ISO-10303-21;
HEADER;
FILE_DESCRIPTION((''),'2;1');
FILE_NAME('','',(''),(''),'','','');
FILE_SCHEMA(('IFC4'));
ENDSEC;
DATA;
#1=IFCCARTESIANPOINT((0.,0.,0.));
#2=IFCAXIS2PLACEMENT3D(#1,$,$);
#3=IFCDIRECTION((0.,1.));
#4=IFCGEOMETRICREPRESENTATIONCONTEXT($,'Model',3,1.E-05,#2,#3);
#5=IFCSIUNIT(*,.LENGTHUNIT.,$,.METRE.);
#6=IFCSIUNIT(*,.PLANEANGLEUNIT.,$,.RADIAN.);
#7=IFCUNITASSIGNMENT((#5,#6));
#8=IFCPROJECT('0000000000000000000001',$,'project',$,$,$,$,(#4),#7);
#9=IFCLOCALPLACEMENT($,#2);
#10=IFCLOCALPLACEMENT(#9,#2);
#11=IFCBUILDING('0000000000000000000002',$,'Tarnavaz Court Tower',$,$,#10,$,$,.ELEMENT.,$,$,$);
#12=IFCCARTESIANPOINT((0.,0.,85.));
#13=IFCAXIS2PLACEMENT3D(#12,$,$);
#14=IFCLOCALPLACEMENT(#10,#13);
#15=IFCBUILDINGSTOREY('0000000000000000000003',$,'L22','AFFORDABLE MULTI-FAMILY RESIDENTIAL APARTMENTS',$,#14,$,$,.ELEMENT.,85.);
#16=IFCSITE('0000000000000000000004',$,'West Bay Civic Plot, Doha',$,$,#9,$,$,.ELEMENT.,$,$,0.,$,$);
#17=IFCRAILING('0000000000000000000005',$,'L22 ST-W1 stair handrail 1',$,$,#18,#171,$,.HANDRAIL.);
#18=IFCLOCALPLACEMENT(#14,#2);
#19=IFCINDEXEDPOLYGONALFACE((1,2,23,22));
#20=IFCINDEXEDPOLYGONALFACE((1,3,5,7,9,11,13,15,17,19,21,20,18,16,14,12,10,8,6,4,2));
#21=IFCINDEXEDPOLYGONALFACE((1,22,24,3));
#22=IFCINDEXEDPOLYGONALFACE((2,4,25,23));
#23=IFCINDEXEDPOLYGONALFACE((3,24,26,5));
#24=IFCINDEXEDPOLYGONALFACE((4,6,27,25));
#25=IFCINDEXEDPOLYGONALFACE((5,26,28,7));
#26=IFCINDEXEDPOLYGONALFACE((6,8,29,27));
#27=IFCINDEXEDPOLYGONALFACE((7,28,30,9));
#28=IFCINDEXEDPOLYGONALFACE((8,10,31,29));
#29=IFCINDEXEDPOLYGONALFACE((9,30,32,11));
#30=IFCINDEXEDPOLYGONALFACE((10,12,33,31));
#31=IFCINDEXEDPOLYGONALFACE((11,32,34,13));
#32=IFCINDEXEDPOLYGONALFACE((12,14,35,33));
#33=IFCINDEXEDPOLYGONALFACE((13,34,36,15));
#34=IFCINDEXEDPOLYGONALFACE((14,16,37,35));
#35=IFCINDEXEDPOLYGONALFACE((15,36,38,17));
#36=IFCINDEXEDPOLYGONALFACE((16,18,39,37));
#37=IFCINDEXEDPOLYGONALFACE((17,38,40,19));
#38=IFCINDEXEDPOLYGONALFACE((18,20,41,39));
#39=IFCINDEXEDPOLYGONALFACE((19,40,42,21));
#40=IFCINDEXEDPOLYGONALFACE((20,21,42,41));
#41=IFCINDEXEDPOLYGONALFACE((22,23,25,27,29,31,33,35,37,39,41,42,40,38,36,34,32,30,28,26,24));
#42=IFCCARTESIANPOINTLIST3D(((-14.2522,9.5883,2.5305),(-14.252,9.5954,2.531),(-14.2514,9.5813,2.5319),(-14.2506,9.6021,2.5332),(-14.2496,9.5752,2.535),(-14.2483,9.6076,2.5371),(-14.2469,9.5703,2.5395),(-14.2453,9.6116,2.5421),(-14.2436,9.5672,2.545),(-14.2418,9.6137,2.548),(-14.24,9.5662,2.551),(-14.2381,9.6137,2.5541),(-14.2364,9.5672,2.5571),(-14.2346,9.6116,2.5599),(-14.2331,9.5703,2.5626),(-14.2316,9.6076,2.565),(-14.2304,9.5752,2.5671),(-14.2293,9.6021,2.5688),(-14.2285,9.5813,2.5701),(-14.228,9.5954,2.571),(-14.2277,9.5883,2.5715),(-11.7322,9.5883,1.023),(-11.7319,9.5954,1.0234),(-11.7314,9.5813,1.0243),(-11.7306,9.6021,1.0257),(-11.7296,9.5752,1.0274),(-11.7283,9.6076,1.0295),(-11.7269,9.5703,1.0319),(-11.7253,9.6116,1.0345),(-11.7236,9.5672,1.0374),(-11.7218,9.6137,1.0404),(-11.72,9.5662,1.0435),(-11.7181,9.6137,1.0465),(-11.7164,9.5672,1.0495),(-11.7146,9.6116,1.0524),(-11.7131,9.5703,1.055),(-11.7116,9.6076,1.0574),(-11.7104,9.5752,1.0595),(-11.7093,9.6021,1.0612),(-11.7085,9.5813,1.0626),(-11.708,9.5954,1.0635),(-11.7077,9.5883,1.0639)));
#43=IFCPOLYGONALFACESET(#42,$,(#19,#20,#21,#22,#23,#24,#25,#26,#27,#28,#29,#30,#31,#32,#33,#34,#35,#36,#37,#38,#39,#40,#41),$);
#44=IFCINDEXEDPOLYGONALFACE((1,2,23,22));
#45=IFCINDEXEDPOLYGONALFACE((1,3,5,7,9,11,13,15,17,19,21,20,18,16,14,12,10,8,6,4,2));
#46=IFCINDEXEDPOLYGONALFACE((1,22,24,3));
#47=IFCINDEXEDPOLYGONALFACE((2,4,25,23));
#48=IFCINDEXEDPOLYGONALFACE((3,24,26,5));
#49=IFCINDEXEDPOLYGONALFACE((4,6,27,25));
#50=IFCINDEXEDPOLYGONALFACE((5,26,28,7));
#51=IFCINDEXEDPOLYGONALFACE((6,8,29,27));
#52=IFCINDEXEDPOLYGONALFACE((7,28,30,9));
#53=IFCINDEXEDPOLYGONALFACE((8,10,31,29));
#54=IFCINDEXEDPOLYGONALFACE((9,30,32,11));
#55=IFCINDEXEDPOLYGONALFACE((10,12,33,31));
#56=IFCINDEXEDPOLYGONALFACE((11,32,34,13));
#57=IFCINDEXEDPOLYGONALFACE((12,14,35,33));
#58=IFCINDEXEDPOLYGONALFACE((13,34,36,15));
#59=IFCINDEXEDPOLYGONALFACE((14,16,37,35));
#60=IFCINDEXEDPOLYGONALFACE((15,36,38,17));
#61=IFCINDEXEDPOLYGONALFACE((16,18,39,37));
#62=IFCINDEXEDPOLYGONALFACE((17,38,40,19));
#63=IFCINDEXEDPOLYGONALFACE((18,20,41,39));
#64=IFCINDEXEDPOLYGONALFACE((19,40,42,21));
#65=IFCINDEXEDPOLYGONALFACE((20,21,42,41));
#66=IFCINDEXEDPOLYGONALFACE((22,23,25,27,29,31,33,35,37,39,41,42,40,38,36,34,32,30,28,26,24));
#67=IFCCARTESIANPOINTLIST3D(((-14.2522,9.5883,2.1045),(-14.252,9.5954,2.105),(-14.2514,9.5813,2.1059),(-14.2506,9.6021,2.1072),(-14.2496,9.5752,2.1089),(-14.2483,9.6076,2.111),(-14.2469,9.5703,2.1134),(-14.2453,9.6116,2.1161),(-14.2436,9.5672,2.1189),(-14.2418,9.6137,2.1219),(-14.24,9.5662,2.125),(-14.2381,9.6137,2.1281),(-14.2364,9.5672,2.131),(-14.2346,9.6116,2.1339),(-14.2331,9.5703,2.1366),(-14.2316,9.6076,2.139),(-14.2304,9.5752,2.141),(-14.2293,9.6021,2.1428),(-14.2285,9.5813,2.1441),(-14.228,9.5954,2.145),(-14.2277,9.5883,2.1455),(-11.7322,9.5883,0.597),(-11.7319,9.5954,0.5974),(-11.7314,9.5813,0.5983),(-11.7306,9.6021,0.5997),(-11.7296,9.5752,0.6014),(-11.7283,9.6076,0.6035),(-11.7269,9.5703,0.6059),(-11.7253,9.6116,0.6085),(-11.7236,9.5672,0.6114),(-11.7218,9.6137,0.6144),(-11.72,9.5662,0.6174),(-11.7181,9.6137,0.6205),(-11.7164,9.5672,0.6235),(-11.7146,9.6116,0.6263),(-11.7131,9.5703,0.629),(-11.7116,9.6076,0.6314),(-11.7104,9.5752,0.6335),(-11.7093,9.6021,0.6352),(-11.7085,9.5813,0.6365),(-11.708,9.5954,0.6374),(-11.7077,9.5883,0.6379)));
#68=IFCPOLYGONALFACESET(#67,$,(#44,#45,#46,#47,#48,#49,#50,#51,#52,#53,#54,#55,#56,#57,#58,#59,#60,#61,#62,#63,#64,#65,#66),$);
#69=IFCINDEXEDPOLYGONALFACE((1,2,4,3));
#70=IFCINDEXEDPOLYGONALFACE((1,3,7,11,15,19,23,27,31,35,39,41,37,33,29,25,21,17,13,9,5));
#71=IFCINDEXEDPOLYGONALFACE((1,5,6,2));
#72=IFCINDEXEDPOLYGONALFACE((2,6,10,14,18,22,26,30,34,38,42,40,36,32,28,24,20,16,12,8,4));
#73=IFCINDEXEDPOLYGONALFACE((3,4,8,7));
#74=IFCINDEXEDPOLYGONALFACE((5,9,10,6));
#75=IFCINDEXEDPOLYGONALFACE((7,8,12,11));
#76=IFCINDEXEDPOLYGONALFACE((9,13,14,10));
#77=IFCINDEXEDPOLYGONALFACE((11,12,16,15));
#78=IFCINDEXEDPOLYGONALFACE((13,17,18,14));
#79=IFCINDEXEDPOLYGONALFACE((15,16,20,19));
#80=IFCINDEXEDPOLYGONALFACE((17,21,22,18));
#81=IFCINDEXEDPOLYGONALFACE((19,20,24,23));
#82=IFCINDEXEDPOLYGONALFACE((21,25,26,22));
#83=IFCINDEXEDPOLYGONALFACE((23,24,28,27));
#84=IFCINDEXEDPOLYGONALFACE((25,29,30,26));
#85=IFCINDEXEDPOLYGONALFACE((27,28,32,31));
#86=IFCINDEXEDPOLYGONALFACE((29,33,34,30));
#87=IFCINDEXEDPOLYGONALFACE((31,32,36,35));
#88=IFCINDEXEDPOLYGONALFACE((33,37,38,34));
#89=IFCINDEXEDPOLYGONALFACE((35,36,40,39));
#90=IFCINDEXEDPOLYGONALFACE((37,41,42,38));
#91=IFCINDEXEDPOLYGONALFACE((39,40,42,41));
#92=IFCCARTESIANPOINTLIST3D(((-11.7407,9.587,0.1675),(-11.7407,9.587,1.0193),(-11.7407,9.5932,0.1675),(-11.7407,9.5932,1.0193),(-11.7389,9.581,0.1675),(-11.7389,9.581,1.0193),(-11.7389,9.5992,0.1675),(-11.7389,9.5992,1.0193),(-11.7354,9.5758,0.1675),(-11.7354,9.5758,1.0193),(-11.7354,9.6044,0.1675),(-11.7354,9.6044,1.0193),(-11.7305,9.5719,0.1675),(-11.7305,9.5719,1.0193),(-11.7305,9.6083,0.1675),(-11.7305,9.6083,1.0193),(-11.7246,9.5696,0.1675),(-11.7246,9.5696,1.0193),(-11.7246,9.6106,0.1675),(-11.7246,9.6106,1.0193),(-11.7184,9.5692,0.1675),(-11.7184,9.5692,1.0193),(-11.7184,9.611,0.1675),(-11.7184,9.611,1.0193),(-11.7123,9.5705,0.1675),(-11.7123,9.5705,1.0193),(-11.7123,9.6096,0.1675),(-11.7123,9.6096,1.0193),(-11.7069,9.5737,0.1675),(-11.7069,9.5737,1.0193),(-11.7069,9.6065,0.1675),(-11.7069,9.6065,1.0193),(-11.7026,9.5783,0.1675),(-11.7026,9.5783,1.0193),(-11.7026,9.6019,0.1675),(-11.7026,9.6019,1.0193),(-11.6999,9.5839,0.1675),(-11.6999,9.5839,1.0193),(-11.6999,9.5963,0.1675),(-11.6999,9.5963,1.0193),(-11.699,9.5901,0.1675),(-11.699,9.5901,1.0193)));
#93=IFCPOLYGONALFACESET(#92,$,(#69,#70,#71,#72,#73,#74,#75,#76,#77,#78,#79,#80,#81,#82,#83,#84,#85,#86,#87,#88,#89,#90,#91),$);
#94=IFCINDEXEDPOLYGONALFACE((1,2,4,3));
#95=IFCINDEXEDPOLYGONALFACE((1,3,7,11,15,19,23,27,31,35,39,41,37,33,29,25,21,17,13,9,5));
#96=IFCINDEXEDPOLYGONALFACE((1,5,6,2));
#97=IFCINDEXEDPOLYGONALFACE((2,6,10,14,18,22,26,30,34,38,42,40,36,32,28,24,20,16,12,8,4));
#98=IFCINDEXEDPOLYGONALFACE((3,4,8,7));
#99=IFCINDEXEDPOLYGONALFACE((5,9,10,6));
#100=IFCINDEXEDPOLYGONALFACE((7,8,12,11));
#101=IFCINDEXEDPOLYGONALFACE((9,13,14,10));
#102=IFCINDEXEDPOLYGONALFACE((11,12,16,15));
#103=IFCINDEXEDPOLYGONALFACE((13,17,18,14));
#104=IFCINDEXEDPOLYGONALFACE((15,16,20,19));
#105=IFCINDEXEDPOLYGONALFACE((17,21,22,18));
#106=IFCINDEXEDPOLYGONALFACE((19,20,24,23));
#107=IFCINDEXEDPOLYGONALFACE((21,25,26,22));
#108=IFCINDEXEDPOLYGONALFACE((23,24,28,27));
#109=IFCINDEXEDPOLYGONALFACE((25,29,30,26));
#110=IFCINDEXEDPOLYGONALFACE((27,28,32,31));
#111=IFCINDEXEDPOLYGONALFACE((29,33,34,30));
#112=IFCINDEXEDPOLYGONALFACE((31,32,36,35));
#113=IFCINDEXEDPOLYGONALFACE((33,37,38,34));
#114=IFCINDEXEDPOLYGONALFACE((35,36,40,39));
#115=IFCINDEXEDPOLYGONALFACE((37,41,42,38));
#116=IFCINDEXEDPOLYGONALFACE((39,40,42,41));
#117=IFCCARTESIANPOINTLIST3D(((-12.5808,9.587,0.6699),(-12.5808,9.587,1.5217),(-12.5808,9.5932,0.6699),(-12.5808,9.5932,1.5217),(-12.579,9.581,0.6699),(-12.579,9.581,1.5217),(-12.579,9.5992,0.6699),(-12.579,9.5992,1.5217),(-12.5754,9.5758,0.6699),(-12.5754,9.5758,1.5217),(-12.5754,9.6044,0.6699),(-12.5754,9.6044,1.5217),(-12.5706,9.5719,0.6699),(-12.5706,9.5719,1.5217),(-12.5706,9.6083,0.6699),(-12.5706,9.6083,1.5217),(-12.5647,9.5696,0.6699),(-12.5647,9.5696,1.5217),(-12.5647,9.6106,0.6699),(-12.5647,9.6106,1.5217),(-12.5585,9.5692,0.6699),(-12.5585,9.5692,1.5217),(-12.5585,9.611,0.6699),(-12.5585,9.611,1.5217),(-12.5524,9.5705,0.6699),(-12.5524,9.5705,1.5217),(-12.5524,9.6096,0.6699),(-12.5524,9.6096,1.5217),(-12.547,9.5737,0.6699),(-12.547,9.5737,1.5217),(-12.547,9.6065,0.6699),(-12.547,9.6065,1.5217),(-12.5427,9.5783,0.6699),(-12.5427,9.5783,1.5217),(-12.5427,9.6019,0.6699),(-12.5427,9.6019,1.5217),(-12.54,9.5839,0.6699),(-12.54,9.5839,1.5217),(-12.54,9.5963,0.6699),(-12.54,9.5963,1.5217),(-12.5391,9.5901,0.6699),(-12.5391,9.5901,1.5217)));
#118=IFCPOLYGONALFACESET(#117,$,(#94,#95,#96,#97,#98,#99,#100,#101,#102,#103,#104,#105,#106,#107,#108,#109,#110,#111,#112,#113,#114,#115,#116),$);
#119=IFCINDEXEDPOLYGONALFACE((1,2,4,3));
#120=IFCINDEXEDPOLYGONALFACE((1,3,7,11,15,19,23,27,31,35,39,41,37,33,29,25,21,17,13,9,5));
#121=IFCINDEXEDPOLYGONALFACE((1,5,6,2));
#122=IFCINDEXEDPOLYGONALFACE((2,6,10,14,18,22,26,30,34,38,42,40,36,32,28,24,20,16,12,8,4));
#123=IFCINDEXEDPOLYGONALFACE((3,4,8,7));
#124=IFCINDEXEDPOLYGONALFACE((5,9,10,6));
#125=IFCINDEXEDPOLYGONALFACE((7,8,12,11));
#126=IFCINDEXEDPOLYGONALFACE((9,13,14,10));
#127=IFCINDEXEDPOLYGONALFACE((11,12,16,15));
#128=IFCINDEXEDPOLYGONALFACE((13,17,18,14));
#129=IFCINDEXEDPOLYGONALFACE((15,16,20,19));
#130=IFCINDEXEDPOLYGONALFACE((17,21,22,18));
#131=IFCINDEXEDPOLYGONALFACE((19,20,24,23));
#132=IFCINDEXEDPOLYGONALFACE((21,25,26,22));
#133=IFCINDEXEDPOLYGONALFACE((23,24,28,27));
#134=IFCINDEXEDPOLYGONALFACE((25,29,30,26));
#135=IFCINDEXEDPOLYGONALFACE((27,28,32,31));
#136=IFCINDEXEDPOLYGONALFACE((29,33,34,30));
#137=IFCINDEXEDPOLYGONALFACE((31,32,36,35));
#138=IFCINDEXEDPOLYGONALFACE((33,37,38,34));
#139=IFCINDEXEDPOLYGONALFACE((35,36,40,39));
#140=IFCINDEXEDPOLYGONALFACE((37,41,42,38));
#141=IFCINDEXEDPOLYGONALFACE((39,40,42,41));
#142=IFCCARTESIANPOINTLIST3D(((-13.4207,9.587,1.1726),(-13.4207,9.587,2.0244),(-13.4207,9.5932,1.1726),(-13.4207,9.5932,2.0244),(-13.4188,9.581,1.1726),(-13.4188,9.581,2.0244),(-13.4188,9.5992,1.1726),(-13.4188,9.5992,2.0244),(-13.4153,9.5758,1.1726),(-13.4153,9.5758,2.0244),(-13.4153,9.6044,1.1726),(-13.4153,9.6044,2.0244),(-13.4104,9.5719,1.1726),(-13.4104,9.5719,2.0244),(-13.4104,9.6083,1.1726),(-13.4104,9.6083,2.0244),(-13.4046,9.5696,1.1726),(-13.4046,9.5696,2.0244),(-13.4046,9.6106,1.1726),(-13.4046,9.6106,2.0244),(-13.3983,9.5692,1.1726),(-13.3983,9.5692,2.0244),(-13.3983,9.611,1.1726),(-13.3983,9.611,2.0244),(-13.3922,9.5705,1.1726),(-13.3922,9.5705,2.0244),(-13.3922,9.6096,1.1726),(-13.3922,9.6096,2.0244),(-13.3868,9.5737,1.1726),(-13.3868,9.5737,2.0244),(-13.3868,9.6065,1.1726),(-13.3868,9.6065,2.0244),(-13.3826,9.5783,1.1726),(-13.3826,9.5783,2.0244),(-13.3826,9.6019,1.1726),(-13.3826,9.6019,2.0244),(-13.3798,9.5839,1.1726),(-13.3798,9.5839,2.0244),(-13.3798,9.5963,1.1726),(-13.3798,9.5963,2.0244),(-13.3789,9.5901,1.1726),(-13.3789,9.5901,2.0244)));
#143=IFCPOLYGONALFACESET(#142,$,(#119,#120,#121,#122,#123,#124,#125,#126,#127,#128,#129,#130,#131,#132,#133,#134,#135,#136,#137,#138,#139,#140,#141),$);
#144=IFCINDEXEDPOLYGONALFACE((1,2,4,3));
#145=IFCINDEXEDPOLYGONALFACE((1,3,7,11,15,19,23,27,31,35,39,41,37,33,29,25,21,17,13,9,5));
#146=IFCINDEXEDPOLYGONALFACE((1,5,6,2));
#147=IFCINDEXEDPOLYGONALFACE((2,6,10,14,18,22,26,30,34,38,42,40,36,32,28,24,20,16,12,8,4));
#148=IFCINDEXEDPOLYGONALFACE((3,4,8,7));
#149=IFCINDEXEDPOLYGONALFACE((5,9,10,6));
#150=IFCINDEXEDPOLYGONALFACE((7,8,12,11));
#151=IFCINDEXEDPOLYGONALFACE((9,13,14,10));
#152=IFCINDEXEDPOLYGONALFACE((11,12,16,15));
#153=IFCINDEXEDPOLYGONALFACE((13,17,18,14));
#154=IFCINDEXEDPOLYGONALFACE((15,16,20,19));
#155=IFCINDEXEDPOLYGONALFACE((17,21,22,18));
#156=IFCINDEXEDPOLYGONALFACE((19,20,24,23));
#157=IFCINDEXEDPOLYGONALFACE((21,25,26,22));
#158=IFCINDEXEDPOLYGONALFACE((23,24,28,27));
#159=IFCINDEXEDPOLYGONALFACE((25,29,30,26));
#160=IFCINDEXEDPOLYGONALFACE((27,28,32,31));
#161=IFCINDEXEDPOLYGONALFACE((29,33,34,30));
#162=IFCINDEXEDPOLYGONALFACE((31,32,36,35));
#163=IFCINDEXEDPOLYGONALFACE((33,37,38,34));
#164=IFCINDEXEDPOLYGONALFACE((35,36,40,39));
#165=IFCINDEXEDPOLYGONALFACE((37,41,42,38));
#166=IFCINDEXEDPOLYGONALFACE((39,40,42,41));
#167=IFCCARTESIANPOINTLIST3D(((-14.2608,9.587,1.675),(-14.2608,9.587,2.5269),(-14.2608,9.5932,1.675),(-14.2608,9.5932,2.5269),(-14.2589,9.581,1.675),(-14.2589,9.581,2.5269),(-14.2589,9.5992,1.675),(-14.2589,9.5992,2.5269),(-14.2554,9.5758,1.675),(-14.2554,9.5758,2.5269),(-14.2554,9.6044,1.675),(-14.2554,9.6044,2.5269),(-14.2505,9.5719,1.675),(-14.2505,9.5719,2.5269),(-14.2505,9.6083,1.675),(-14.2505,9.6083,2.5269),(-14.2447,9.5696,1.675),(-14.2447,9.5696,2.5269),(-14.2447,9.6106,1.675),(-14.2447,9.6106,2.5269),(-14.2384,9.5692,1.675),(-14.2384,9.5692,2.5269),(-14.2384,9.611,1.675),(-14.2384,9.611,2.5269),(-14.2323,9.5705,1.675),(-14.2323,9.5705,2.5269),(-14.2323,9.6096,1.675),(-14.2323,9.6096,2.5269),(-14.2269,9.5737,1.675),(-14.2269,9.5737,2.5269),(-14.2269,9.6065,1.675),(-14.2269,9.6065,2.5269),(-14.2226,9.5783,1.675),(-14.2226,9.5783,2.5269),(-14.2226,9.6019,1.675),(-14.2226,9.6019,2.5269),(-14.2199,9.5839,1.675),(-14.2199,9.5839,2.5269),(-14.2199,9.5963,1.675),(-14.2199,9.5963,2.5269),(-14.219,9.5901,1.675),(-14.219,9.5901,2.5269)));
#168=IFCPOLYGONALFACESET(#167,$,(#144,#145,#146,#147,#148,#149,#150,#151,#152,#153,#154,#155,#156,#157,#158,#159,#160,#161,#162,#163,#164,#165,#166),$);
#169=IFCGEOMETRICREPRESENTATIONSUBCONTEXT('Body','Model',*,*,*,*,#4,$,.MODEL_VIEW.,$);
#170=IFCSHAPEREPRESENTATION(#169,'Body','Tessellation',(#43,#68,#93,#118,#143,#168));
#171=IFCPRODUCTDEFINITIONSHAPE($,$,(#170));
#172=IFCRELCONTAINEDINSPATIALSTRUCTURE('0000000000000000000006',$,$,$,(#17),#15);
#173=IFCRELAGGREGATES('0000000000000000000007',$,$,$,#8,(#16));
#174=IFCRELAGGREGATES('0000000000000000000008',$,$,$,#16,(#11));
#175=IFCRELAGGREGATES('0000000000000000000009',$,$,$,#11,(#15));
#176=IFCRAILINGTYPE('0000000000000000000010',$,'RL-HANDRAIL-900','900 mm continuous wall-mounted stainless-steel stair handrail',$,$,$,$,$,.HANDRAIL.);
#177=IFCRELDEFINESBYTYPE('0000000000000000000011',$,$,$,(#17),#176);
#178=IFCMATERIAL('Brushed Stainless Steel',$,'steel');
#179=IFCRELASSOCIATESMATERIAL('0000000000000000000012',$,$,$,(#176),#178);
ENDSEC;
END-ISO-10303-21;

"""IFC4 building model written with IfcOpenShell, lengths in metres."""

from ifc_helpers import new_model, si_unit, direction, frame, origin, origin_2d, place, context, subcontext, project, spatial, circle, extrude, material, type_object, element, save


model = new_model("IFC4")

# Units and contexts
model_context = context("Model", 3, precision=1e-05, world=origin(), true_north=direction((0.0, 1.0)))
body_context = subcontext(model_context, "Body", "Model", "MODEL_VIEW")
ifc_project = project(units=[si_unit("LENGTHUNIT", "METRE"), si_unit("PLANEANGLEUNIT", "RADIAN")], contexts=[model_context])

# Site, building, storey
site_placement = place(None, origin())
site = spatial("IfcSite", under=ifc_project, at=site_placement, Name="West Bay Civic Plot, Doha", CompositionType="ELEMENT", RefElevation=0.0)
building_placement = place(site_placement, origin())
building = spatial("IfcBuilding", under=site, at=building_placement, Name="Tarnavaz Court Tower", CompositionType="ELEMENT")
storey_placement = place(building_placement, frame((0.0, 0.0, 85.0)))
storey = spatial("IfcBuildingStorey", under=building, at=storey_placement, Name="L22", Description="AFFORDABLE MULTI-FAMILY RESIDENTIAL APARTMENTS", CompositionType="ELEMENT", Elevation=85.0)

# Railing
ifc_material_1 = material(Name="Brushed Stainless Steel", Category="steel")
railing_type_1 = type_object("IfcRailingType", Name="RL-HANDRAIL-900", Description="900 mm continuous wall-mounted stainless-steel stair handrail", PredefinedType="HANDRAIL", material=ifc_material_1)
railing_1_placement = place(storey_placement, frame((-11.72, 9.5901, 0.1675)))
element("IfcRailing", 1, at=railing_1_placement, inside=storey, type_object=railing_type_1, Name="L22 ST-W1 stair handrail 1", PredefinedType="HANDRAIL", context=body_context, shape_type="SweptSolid", body=[
    extrude(circle(Radius=0.0239, at=origin_2d()), frame((0.0, 0.0, 0.876), z_axis=(-0.85816, 0.0, 0.513383), x_axis=(0.0, -1.0, 0.0)), (0.0, 0.0, 1.0), 2.9365),
    extrude(circle(Radius=0.0239, at=origin_2d()), frame((0.0, 0.0, 0.45), z_axis=(-0.85816, 0.0, 0.513383), x_axis=(0.0, -1.0, 0.0)), (0.0, 0.0, 1.0), 2.9365),
    extrude(circle(Radius=0.021, at=origin_2d()), origin(), (0.0, 0.0, 1.0), 0.8518),
    extrude(circle(Radius=0.021, at=origin_2d()), frame((-0.8401, 0.0, 0.5024)), (0.0, 0.0, 1.0), 0.8518),
    extrude(circle(Radius=0.021, at=origin_2d()), frame((-1.6799, 0.0, 1.0051)), (0.0, 0.0, 1.0), 0.8518),
    extrude(circle(Radius=0.021, at=origin_2d()), frame((-2.52, 0.0, 1.5076)), (0.0, 0.0, 1.0), 0.8518),
])

save(model, "model.ifc")
